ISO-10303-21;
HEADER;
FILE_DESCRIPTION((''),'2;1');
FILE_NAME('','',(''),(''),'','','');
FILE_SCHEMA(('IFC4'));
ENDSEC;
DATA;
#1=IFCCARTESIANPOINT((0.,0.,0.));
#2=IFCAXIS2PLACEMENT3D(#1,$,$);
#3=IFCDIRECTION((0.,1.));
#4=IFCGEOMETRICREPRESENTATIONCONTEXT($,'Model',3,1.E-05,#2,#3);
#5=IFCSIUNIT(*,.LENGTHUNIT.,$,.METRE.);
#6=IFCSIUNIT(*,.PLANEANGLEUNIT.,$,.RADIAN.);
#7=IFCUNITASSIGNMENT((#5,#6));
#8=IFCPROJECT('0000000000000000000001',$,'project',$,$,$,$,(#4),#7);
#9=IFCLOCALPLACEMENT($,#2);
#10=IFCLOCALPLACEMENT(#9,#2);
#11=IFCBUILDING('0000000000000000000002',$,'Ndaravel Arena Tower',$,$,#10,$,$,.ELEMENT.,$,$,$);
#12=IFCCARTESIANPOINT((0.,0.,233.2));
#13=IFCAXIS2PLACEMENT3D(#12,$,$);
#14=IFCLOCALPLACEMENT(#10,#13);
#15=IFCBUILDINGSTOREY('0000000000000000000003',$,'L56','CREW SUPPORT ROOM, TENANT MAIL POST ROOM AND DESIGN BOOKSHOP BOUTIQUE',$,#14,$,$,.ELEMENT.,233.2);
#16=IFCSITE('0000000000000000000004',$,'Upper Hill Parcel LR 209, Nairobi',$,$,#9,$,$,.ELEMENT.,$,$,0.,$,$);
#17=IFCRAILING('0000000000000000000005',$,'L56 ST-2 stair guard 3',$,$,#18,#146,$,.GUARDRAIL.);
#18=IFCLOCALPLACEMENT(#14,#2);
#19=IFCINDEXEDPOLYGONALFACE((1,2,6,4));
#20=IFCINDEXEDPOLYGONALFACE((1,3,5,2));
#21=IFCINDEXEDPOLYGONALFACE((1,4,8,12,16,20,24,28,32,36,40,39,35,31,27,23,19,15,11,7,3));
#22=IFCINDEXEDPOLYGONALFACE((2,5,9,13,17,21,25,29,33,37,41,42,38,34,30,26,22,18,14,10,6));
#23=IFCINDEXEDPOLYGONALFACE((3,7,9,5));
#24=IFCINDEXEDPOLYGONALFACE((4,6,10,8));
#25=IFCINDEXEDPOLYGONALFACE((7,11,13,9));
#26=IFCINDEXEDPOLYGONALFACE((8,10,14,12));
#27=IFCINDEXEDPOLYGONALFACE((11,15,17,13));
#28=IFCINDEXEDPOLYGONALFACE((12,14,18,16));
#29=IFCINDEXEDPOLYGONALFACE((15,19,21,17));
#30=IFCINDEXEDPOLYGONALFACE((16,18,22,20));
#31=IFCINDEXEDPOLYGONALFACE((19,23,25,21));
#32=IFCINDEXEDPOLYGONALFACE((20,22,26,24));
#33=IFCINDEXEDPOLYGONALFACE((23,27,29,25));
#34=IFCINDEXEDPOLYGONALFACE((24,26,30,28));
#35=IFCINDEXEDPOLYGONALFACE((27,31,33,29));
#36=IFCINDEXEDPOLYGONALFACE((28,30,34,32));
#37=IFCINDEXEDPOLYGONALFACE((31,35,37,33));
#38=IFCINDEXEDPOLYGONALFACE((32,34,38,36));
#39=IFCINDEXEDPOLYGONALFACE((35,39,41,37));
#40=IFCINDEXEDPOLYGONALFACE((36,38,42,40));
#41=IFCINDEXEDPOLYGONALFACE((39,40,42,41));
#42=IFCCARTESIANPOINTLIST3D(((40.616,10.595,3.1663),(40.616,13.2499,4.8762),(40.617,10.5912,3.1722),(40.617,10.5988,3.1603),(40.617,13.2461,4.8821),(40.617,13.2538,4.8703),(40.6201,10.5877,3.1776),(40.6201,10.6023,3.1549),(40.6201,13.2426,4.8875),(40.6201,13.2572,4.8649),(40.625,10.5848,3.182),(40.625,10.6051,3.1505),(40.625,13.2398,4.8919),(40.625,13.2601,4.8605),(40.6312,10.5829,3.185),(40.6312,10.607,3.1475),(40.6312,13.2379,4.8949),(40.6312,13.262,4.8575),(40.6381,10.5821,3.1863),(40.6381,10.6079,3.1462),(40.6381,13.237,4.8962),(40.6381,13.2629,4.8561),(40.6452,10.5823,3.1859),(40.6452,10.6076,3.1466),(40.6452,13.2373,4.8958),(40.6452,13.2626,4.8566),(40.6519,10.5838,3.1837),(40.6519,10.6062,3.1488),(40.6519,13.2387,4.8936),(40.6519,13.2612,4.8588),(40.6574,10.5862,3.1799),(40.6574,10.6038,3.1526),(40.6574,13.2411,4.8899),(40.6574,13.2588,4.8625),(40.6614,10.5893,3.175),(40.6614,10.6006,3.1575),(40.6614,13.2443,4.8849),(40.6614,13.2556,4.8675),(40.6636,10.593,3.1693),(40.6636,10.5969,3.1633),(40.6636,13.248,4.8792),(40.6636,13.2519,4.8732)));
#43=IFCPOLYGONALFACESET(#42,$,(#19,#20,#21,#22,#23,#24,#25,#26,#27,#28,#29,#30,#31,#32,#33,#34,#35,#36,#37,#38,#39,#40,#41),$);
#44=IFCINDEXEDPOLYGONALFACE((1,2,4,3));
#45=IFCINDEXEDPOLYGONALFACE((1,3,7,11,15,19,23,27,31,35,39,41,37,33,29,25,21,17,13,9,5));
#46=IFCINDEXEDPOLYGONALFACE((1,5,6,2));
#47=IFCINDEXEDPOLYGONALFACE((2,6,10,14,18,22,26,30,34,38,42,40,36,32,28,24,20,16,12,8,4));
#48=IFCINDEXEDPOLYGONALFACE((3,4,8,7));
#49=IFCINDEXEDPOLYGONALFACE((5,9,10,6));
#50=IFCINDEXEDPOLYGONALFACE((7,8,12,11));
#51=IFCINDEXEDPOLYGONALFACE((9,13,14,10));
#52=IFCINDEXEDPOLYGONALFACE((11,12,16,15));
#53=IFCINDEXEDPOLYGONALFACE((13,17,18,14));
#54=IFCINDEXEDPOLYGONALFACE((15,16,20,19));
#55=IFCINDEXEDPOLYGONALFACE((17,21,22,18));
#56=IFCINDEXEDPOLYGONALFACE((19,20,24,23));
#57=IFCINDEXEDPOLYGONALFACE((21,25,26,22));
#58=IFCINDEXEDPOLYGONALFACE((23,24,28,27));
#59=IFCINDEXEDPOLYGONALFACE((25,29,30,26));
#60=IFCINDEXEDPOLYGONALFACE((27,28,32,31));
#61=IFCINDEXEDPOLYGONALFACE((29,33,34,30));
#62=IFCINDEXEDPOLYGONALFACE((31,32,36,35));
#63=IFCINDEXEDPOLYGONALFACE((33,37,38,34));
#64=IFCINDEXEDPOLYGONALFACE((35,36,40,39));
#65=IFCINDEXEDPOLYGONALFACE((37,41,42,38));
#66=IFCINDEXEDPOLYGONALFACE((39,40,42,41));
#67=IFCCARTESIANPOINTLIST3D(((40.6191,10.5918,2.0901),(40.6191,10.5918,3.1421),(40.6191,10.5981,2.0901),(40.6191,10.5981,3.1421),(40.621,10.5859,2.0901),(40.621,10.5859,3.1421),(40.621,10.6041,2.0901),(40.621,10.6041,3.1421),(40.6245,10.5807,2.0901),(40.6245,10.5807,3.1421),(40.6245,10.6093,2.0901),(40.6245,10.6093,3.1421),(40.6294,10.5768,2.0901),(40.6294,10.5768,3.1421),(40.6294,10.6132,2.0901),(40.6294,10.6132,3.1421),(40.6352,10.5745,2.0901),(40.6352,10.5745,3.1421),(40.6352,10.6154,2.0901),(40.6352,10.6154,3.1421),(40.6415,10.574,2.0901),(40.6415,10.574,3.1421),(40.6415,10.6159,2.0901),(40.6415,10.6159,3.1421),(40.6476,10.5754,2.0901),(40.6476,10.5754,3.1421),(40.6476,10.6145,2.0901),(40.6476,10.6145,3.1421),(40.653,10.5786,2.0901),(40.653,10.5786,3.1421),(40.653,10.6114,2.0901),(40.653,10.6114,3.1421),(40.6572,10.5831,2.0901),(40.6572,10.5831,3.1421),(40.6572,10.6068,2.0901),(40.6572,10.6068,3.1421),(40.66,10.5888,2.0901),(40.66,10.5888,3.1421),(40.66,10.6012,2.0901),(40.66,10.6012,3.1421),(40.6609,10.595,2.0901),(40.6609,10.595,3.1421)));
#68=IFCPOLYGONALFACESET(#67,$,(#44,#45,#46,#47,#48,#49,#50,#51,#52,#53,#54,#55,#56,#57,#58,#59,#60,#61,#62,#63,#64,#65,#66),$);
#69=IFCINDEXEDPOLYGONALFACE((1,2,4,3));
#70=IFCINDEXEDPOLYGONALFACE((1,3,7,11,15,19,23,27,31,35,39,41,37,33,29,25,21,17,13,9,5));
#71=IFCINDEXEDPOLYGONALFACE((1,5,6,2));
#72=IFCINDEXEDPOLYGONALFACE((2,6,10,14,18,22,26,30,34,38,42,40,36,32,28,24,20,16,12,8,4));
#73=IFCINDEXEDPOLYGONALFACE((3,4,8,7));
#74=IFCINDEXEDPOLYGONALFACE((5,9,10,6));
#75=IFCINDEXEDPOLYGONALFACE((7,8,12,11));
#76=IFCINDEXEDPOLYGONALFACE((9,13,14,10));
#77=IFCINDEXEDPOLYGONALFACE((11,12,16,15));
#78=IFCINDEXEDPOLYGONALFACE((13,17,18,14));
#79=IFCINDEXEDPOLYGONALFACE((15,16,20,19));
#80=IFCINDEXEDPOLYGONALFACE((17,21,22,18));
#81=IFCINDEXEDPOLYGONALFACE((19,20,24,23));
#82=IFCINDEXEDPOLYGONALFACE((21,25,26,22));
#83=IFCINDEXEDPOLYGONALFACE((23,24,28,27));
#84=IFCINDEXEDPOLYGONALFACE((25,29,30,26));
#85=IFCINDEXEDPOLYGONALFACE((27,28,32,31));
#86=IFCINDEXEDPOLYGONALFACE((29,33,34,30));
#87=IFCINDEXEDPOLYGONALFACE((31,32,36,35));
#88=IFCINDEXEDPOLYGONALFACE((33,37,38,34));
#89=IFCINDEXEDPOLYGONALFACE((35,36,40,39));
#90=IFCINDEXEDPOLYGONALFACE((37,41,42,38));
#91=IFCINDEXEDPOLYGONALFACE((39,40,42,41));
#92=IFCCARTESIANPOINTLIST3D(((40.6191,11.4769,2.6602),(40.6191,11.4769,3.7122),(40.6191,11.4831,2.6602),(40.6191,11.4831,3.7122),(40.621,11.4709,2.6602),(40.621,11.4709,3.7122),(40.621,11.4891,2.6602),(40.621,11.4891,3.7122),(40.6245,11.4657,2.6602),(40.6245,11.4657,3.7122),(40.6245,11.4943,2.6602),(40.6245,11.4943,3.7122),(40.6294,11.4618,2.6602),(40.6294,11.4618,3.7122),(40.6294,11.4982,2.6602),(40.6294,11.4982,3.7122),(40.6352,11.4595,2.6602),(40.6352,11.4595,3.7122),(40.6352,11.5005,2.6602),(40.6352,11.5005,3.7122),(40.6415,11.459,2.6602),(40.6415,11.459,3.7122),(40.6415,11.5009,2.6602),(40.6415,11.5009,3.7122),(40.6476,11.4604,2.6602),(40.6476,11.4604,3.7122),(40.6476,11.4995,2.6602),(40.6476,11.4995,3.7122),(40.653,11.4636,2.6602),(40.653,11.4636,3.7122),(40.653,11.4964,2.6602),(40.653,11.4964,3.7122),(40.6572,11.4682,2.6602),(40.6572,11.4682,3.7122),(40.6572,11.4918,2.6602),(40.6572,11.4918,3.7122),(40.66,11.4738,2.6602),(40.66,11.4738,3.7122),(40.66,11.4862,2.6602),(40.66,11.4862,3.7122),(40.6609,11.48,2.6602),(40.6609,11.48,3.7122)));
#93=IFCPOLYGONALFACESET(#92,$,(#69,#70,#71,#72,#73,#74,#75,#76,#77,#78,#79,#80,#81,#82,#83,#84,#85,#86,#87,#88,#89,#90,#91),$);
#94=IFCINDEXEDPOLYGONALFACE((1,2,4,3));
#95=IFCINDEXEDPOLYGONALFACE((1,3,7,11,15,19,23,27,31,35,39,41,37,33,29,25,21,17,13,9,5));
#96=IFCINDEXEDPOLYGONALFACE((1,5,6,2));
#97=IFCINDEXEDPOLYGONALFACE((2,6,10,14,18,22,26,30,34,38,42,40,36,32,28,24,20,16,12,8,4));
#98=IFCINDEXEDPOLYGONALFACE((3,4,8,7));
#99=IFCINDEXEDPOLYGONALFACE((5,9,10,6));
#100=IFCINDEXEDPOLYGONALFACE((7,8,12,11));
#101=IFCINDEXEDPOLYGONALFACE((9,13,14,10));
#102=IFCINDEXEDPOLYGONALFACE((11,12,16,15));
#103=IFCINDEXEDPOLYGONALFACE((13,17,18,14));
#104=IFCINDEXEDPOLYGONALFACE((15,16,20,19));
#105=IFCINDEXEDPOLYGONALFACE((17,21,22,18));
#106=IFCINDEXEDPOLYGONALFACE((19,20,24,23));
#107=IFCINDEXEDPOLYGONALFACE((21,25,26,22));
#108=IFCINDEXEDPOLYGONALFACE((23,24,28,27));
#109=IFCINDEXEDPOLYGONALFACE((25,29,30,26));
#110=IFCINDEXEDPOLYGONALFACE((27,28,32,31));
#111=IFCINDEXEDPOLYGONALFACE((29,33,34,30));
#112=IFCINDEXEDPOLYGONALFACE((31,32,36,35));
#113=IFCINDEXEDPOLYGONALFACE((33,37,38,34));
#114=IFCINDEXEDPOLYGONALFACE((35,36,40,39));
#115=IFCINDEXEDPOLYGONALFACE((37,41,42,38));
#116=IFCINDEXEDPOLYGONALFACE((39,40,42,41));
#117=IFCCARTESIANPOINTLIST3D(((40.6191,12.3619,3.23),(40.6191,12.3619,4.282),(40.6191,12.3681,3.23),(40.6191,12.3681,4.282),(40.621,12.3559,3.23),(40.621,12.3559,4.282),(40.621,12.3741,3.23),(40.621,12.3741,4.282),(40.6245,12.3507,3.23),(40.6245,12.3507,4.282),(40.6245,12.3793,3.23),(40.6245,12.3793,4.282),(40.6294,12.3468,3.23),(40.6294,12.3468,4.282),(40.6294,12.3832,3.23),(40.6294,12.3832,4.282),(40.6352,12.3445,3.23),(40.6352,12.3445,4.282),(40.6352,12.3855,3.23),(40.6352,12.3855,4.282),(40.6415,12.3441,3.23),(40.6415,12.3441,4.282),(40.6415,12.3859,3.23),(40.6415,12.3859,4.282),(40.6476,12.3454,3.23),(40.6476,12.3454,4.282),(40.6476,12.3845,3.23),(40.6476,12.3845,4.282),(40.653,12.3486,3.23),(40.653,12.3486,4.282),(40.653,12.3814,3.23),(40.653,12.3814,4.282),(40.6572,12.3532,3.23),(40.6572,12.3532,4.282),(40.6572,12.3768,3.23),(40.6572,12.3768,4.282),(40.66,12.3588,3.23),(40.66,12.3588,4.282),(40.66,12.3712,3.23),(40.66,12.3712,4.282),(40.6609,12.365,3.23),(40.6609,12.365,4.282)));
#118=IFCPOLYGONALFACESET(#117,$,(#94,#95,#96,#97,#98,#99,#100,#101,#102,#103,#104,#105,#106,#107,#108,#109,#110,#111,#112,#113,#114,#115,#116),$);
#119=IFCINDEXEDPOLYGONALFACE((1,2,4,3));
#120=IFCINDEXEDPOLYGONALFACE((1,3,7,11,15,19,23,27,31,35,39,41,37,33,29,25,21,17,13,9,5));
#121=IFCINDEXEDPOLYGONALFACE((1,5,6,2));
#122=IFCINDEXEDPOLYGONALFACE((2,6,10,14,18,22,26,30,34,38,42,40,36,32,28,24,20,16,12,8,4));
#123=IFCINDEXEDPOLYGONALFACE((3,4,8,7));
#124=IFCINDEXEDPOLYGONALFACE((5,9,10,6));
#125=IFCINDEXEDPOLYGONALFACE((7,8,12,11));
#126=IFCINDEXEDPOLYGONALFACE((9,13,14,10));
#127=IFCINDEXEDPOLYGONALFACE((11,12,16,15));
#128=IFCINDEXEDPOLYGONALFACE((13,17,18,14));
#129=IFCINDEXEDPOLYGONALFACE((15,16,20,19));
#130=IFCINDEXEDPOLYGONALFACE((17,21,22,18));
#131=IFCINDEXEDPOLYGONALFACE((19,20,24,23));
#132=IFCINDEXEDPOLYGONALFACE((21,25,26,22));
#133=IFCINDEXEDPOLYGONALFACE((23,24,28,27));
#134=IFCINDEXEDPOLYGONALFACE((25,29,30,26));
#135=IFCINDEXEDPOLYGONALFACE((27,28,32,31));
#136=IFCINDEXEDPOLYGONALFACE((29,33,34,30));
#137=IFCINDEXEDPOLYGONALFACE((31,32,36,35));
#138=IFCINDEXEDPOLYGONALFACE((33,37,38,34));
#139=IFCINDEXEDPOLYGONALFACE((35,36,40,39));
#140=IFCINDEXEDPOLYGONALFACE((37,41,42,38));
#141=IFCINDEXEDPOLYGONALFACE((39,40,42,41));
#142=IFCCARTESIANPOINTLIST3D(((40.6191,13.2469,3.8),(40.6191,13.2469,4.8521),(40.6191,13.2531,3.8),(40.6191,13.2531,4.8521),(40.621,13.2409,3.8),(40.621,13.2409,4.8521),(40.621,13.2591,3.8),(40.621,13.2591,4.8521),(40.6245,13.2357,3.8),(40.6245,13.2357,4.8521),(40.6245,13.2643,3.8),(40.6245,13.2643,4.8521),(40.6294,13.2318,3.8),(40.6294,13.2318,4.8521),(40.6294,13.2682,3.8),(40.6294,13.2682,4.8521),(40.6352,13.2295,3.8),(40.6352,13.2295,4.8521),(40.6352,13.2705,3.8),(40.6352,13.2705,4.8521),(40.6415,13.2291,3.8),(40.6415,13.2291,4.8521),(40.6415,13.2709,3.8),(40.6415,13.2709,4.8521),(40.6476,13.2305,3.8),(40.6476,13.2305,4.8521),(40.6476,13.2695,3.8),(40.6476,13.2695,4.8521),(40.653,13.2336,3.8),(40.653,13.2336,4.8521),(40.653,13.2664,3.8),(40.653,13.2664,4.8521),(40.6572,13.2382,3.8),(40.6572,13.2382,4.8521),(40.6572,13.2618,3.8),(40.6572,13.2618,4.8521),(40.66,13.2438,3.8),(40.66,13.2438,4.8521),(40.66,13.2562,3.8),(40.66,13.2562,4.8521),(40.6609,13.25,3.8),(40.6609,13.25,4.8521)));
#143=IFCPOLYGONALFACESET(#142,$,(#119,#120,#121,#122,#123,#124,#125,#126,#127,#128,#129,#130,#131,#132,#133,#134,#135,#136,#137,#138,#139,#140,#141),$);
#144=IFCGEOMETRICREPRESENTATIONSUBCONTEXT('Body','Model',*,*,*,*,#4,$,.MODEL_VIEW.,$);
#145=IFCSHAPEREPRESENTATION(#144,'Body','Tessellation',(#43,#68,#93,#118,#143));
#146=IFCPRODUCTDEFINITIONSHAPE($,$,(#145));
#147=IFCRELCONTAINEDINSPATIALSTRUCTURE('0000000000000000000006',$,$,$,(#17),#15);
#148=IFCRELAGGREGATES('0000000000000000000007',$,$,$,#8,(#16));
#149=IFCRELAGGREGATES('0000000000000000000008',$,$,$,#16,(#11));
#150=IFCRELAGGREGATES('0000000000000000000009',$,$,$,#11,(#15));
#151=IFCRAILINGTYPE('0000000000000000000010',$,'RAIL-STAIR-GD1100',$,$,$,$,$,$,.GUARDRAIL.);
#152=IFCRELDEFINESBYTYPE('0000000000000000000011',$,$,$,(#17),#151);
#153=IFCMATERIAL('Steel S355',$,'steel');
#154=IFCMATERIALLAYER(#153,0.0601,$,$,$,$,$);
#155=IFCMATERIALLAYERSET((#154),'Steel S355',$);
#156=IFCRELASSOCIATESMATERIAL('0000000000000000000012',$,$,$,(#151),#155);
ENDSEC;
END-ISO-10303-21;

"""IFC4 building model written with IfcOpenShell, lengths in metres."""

from ifc_helpers import new_model, si_unit, direction, frame, origin, origin_2d, place, context, subcontext, project, spatial, circle, extrude, material, layer, layer_set, type_object, element, save


model = new_model("IFC4")

# Units and contexts
model_context = context("Model", 3, precision=1e-05, world=origin(), true_north=direction((0.0, 1.0)))
body_context = subcontext(model_context, "Body", "Model", "MODEL_VIEW")
ifc_project = project(units=[si_unit("LENGTHUNIT", "METRE"), si_unit("PLANEANGLEUNIT", "RADIAN")], contexts=[model_context])

# Site, building, storey
site_placement = place(None, origin())
site = spatial("IfcSite", under=ifc_project, at=site_placement, Name="Upper Hill Parcel LR 209, Nairobi", CompositionType="ELEMENT", RefElevation=0.0)
building_placement = place(site_placement, origin())
building = spatial("IfcBuilding", under=site, at=building_placement, Name="Ndaravel Arena Tower", CompositionType="ELEMENT")
storey_placement = place(building_placement, frame((0.0, 0.0, 233.2)))
storey = spatial("IfcBuildingStorey", under=building, at=storey_placement, Name="L56", Description="CREW SUPPORT ROOM, TENANT MAIL POST ROOM AND DESIGN BOOKSHOP BOUTIQUE", CompositionType="ELEMENT", Elevation=233.2)

# Railing
ifc_material_1 = material(Name="Steel S355", Category="steel")
ifc_layer_1 = layer(ifc_material_1, 0.0601)
ifc_layer_set_1 = layer_set([ifc_layer_1], Name="Steel S355")
railing_type_1 = type_object("IfcRailingType", Name="RAIL-STAIR-GD1100", PredefinedType="GUARDRAIL", material=ifc_layer_set_1)
railing_1_placement = place(storey_placement, frame((40.6399, 10.595, 2.0901)))
element("IfcRailing", 1, at=railing_1_placement, inside=storey, type_object=railing_type_1, Name="L56 ST-2 stair guard 3", PredefinedType="GUARDRAIL", context=body_context, shape_type="SweptSolid", body=[
    extrude(circle(Radius=0.0239, at=origin_2d()), frame((0.0, 0.0, 1.0762), z_axis=(0.0, 0.840724, 0.541465), x_axis=(-1.0, 0.0, 0.0)), (0.0, 0.0, 1.0), 3.158),
    extrude(circle(Radius=0.021, at=origin_2d()), origin(), (0.0, 0.0, 1.0), 1.052),
    extrude(circle(Radius=0.021, at=origin_2d()), frame((0.0, 0.885, 0.5701)), (0.0, 0.0, 1.0), 1.052),
    extrude(circle(Radius=0.021, at=origin_2d()), frame((0.0, 1.77, 1.1399)), (0.0, 0.0, 1.0), 1.052),
    extrude(circle(Radius=0.021, at=origin_2d()), frame((0.0, 2.655, 1.71)), (0.0, 0.0, 1.0), 1.052),
])

save(model, "model.ifc")
